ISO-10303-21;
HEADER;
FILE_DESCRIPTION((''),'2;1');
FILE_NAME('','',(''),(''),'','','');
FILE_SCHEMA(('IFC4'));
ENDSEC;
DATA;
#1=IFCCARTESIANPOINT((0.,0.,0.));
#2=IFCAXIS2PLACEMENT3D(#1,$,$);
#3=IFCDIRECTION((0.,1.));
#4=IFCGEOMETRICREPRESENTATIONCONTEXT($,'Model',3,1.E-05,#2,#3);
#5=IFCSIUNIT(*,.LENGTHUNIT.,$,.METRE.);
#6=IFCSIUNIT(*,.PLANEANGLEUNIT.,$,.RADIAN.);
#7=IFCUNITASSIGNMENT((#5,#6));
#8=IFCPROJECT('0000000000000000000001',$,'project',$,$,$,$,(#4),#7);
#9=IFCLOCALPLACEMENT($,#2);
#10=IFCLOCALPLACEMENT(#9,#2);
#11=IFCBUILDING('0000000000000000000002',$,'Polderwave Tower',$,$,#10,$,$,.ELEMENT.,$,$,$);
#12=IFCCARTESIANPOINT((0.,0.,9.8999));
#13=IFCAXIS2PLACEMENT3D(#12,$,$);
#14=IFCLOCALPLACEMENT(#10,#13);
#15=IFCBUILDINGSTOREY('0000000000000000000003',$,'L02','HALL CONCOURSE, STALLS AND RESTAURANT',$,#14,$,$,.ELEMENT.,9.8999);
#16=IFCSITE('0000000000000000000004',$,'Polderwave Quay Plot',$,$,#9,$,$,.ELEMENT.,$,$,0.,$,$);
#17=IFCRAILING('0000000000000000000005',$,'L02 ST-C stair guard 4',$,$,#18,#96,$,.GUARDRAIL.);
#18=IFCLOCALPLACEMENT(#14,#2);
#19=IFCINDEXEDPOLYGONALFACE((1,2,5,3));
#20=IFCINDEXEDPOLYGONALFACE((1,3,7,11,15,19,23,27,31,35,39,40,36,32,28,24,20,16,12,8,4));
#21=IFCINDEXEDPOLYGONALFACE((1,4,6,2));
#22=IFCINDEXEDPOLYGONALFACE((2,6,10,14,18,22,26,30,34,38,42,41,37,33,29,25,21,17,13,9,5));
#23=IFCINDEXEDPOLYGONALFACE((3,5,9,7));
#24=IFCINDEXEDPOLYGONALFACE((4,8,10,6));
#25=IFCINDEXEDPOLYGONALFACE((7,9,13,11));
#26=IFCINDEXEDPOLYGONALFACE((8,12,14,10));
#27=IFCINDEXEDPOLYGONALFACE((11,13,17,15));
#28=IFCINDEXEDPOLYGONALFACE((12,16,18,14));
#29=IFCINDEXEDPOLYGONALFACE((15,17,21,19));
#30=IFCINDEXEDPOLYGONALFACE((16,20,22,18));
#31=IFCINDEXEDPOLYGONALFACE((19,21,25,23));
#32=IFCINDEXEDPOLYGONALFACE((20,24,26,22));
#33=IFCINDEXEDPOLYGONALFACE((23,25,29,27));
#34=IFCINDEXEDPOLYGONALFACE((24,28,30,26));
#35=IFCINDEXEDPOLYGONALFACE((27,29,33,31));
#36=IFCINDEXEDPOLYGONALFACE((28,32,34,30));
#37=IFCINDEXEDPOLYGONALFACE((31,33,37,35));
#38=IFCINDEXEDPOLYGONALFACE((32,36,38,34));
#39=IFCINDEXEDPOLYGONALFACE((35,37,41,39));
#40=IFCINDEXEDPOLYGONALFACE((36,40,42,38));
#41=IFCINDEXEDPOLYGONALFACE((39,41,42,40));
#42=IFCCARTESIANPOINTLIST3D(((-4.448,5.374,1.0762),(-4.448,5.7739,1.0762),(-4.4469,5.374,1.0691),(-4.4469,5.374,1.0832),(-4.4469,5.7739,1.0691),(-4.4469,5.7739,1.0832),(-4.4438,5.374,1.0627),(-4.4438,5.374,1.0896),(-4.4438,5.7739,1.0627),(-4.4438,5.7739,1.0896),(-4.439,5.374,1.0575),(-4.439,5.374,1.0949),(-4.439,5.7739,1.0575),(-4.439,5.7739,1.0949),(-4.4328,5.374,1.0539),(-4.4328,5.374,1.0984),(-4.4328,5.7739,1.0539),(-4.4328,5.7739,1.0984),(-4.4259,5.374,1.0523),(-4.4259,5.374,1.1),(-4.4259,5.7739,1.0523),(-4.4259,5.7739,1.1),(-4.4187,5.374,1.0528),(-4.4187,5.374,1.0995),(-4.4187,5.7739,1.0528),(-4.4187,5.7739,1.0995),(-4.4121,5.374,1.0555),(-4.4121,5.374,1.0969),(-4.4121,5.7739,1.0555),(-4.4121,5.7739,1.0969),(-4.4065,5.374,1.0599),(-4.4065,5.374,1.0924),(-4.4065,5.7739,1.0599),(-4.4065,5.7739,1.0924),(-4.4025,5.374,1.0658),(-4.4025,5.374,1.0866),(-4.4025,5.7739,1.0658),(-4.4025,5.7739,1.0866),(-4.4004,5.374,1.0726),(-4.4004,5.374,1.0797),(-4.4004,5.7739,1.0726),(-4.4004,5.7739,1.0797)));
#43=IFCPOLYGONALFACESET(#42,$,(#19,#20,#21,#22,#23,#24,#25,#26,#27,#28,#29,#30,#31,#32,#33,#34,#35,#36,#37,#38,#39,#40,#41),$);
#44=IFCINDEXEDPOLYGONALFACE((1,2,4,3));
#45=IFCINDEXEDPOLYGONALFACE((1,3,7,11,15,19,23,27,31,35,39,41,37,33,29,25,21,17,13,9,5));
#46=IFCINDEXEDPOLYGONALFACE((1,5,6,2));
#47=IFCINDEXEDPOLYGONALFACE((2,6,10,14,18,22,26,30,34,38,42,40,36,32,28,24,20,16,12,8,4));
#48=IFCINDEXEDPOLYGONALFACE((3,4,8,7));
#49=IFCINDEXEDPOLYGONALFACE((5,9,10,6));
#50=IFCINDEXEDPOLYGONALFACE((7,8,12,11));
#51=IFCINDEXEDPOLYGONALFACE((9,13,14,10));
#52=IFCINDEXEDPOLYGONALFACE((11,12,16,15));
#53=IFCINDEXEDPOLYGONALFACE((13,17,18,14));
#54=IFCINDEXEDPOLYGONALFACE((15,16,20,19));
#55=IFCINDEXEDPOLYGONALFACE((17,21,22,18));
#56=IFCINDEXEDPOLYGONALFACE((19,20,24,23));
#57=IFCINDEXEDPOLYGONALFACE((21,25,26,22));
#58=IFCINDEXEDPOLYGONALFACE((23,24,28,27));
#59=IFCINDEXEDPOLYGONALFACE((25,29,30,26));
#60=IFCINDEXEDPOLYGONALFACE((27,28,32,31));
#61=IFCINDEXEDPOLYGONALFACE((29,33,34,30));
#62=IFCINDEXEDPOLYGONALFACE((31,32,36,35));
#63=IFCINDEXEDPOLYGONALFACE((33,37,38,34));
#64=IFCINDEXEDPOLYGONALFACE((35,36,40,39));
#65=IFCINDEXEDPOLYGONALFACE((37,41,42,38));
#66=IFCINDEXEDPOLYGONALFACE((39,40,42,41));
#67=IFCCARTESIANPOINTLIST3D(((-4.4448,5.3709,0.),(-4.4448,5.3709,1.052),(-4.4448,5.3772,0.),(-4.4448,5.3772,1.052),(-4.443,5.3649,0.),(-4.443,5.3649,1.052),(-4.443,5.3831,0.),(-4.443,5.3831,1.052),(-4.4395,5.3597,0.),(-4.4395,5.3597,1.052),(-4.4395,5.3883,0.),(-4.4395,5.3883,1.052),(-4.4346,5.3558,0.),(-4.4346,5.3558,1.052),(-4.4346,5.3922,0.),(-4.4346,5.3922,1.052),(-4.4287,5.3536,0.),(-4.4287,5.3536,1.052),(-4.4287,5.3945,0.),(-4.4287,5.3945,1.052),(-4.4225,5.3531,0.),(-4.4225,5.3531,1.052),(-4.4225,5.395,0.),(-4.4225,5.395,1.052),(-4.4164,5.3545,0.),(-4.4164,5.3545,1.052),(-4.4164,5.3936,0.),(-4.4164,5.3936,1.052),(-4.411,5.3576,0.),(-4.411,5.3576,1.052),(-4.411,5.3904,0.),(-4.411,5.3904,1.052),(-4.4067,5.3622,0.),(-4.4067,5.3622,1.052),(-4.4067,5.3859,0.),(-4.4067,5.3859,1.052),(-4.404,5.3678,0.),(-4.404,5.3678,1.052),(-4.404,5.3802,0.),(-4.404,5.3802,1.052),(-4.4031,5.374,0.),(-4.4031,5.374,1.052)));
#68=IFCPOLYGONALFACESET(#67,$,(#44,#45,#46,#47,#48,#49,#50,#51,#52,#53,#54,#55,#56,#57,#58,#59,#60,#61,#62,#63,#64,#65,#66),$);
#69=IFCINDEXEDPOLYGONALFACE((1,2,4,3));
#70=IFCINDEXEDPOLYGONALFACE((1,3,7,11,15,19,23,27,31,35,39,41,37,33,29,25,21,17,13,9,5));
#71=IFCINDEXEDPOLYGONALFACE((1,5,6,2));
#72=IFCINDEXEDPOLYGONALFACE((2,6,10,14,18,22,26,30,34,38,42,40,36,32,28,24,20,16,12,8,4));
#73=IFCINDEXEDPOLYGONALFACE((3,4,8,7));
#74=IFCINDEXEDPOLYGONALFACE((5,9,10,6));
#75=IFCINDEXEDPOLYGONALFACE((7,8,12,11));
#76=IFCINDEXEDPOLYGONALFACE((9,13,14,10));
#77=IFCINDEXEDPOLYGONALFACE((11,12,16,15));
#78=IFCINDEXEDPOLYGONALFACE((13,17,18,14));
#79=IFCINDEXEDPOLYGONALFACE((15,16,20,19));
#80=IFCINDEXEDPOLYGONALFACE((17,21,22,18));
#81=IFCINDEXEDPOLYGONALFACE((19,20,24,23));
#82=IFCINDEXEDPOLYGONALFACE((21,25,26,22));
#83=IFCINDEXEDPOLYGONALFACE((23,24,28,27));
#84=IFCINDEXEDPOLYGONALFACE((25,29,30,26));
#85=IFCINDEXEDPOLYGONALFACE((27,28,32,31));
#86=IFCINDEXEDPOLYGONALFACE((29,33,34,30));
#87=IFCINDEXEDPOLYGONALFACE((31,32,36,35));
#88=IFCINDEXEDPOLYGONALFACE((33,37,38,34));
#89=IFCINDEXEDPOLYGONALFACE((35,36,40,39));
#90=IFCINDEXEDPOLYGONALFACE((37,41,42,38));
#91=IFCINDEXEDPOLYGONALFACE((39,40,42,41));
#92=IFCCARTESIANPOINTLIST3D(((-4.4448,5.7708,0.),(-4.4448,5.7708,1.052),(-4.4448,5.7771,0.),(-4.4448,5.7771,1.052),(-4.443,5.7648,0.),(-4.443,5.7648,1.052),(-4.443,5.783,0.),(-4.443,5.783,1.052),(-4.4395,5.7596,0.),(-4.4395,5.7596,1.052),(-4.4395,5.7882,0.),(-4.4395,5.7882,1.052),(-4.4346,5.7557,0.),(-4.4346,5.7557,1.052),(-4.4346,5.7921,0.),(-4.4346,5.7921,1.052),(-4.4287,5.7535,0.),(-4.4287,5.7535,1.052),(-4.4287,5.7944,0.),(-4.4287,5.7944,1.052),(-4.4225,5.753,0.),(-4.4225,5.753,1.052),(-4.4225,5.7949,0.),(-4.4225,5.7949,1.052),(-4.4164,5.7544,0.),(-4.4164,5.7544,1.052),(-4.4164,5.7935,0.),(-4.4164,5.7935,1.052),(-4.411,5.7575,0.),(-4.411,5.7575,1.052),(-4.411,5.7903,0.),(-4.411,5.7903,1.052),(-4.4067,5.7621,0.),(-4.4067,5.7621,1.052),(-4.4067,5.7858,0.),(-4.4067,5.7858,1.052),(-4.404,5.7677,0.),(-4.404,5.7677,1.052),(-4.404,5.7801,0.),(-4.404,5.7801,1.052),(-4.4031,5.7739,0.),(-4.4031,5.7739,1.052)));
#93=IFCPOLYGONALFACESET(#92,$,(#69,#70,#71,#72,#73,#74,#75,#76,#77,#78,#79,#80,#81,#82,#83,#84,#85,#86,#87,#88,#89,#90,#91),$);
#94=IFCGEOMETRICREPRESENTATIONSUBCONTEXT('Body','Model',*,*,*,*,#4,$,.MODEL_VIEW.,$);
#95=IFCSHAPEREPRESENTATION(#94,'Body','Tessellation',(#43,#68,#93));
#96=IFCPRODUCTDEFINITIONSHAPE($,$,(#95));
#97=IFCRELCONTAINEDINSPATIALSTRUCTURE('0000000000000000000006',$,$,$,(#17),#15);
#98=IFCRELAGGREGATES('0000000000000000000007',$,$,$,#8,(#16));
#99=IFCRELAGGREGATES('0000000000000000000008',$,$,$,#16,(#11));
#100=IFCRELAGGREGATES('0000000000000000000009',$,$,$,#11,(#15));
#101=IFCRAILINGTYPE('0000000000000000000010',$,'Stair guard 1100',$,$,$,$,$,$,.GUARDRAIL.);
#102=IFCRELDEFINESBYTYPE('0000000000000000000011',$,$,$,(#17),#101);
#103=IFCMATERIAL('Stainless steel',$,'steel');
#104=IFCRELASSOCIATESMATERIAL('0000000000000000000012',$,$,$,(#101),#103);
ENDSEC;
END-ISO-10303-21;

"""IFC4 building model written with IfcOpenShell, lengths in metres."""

from ifc_helpers import new_model, si_unit, direction, frame, origin, origin_2d, place, context, subcontext, project, spatial, circle, extrude, material, type_object, element, save


model = new_model("IFC4")

# Units and contexts
model_context = context("Model", 3, precision=1e-05, world=origin(), true_north=direction((0.0, 1.0)))
body_context = subcontext(model_context, "Body", "Model", "MODEL_VIEW")
ifc_project = project(units=[si_unit("LENGTHUNIT", "METRE"), si_unit("PLANEANGLEUNIT", "RADIAN")], contexts=[model_context])

# Site, building, storey
site_placement = place(None, origin())
site = spatial("IfcSite", under=ifc_project, at=site_placement, Name="Polderwave Quay Plot", CompositionType="ELEMENT", RefElevation=0.0)
building_placement = place(site_placement, origin())
building = spatial("IfcBuilding", under=site, at=building_placement, Name="Polderwave Tower", CompositionType="ELEMENT")
storey_placement = place(building_placement, frame((0.0, 0.0, 9.8999)))
storey = spatial("IfcBuildingStorey", under=building, at=storey_placement, Name="L02", Description="HALL CONCOURSE, STALLS AND RESTAURANT", CompositionType="ELEMENT", Elevation=9.8999)

# Railing
ifc_material_1 = material(Name="Stainless steel", Category="steel")
railing_type_1 = type_object("IfcRailingType", Name="Stair guard 1100", PredefinedType="GUARDRAIL", material=ifc_material_1)
railing_1_placement = place(storey_placement, frame((-4.4241, 5.374, 0.0)))
element("IfcRailing", 1, at=railing_1_placement, inside=storey, type_object=railing_type_1, Name="L02 ST-C stair guard 4", PredefinedType="GUARDRAIL", context=body_context, shape_type="SweptSolid", body=[
    extrude(circle(Radius=0.0239, at=origin_2d()), frame((0.0, 0.0, 1.0762), z_axis=(0.0, 1.0, 0.0), x_axis=(-1.0, 0.0, 0.0)), (0.0, 0.0, 1.0), 0.3999),
    extrude(circle(Radius=0.021, at=origin_2d()), origin(), (0.0, 0.0, 1.0), 1.052),
    extrude(circle(Radius=0.021, at=origin_2d()), frame((0.0, 0.3999, 0.0)), (0.0, 0.0, 1.0), 1.052),
])

save(model, "model.ifc")
